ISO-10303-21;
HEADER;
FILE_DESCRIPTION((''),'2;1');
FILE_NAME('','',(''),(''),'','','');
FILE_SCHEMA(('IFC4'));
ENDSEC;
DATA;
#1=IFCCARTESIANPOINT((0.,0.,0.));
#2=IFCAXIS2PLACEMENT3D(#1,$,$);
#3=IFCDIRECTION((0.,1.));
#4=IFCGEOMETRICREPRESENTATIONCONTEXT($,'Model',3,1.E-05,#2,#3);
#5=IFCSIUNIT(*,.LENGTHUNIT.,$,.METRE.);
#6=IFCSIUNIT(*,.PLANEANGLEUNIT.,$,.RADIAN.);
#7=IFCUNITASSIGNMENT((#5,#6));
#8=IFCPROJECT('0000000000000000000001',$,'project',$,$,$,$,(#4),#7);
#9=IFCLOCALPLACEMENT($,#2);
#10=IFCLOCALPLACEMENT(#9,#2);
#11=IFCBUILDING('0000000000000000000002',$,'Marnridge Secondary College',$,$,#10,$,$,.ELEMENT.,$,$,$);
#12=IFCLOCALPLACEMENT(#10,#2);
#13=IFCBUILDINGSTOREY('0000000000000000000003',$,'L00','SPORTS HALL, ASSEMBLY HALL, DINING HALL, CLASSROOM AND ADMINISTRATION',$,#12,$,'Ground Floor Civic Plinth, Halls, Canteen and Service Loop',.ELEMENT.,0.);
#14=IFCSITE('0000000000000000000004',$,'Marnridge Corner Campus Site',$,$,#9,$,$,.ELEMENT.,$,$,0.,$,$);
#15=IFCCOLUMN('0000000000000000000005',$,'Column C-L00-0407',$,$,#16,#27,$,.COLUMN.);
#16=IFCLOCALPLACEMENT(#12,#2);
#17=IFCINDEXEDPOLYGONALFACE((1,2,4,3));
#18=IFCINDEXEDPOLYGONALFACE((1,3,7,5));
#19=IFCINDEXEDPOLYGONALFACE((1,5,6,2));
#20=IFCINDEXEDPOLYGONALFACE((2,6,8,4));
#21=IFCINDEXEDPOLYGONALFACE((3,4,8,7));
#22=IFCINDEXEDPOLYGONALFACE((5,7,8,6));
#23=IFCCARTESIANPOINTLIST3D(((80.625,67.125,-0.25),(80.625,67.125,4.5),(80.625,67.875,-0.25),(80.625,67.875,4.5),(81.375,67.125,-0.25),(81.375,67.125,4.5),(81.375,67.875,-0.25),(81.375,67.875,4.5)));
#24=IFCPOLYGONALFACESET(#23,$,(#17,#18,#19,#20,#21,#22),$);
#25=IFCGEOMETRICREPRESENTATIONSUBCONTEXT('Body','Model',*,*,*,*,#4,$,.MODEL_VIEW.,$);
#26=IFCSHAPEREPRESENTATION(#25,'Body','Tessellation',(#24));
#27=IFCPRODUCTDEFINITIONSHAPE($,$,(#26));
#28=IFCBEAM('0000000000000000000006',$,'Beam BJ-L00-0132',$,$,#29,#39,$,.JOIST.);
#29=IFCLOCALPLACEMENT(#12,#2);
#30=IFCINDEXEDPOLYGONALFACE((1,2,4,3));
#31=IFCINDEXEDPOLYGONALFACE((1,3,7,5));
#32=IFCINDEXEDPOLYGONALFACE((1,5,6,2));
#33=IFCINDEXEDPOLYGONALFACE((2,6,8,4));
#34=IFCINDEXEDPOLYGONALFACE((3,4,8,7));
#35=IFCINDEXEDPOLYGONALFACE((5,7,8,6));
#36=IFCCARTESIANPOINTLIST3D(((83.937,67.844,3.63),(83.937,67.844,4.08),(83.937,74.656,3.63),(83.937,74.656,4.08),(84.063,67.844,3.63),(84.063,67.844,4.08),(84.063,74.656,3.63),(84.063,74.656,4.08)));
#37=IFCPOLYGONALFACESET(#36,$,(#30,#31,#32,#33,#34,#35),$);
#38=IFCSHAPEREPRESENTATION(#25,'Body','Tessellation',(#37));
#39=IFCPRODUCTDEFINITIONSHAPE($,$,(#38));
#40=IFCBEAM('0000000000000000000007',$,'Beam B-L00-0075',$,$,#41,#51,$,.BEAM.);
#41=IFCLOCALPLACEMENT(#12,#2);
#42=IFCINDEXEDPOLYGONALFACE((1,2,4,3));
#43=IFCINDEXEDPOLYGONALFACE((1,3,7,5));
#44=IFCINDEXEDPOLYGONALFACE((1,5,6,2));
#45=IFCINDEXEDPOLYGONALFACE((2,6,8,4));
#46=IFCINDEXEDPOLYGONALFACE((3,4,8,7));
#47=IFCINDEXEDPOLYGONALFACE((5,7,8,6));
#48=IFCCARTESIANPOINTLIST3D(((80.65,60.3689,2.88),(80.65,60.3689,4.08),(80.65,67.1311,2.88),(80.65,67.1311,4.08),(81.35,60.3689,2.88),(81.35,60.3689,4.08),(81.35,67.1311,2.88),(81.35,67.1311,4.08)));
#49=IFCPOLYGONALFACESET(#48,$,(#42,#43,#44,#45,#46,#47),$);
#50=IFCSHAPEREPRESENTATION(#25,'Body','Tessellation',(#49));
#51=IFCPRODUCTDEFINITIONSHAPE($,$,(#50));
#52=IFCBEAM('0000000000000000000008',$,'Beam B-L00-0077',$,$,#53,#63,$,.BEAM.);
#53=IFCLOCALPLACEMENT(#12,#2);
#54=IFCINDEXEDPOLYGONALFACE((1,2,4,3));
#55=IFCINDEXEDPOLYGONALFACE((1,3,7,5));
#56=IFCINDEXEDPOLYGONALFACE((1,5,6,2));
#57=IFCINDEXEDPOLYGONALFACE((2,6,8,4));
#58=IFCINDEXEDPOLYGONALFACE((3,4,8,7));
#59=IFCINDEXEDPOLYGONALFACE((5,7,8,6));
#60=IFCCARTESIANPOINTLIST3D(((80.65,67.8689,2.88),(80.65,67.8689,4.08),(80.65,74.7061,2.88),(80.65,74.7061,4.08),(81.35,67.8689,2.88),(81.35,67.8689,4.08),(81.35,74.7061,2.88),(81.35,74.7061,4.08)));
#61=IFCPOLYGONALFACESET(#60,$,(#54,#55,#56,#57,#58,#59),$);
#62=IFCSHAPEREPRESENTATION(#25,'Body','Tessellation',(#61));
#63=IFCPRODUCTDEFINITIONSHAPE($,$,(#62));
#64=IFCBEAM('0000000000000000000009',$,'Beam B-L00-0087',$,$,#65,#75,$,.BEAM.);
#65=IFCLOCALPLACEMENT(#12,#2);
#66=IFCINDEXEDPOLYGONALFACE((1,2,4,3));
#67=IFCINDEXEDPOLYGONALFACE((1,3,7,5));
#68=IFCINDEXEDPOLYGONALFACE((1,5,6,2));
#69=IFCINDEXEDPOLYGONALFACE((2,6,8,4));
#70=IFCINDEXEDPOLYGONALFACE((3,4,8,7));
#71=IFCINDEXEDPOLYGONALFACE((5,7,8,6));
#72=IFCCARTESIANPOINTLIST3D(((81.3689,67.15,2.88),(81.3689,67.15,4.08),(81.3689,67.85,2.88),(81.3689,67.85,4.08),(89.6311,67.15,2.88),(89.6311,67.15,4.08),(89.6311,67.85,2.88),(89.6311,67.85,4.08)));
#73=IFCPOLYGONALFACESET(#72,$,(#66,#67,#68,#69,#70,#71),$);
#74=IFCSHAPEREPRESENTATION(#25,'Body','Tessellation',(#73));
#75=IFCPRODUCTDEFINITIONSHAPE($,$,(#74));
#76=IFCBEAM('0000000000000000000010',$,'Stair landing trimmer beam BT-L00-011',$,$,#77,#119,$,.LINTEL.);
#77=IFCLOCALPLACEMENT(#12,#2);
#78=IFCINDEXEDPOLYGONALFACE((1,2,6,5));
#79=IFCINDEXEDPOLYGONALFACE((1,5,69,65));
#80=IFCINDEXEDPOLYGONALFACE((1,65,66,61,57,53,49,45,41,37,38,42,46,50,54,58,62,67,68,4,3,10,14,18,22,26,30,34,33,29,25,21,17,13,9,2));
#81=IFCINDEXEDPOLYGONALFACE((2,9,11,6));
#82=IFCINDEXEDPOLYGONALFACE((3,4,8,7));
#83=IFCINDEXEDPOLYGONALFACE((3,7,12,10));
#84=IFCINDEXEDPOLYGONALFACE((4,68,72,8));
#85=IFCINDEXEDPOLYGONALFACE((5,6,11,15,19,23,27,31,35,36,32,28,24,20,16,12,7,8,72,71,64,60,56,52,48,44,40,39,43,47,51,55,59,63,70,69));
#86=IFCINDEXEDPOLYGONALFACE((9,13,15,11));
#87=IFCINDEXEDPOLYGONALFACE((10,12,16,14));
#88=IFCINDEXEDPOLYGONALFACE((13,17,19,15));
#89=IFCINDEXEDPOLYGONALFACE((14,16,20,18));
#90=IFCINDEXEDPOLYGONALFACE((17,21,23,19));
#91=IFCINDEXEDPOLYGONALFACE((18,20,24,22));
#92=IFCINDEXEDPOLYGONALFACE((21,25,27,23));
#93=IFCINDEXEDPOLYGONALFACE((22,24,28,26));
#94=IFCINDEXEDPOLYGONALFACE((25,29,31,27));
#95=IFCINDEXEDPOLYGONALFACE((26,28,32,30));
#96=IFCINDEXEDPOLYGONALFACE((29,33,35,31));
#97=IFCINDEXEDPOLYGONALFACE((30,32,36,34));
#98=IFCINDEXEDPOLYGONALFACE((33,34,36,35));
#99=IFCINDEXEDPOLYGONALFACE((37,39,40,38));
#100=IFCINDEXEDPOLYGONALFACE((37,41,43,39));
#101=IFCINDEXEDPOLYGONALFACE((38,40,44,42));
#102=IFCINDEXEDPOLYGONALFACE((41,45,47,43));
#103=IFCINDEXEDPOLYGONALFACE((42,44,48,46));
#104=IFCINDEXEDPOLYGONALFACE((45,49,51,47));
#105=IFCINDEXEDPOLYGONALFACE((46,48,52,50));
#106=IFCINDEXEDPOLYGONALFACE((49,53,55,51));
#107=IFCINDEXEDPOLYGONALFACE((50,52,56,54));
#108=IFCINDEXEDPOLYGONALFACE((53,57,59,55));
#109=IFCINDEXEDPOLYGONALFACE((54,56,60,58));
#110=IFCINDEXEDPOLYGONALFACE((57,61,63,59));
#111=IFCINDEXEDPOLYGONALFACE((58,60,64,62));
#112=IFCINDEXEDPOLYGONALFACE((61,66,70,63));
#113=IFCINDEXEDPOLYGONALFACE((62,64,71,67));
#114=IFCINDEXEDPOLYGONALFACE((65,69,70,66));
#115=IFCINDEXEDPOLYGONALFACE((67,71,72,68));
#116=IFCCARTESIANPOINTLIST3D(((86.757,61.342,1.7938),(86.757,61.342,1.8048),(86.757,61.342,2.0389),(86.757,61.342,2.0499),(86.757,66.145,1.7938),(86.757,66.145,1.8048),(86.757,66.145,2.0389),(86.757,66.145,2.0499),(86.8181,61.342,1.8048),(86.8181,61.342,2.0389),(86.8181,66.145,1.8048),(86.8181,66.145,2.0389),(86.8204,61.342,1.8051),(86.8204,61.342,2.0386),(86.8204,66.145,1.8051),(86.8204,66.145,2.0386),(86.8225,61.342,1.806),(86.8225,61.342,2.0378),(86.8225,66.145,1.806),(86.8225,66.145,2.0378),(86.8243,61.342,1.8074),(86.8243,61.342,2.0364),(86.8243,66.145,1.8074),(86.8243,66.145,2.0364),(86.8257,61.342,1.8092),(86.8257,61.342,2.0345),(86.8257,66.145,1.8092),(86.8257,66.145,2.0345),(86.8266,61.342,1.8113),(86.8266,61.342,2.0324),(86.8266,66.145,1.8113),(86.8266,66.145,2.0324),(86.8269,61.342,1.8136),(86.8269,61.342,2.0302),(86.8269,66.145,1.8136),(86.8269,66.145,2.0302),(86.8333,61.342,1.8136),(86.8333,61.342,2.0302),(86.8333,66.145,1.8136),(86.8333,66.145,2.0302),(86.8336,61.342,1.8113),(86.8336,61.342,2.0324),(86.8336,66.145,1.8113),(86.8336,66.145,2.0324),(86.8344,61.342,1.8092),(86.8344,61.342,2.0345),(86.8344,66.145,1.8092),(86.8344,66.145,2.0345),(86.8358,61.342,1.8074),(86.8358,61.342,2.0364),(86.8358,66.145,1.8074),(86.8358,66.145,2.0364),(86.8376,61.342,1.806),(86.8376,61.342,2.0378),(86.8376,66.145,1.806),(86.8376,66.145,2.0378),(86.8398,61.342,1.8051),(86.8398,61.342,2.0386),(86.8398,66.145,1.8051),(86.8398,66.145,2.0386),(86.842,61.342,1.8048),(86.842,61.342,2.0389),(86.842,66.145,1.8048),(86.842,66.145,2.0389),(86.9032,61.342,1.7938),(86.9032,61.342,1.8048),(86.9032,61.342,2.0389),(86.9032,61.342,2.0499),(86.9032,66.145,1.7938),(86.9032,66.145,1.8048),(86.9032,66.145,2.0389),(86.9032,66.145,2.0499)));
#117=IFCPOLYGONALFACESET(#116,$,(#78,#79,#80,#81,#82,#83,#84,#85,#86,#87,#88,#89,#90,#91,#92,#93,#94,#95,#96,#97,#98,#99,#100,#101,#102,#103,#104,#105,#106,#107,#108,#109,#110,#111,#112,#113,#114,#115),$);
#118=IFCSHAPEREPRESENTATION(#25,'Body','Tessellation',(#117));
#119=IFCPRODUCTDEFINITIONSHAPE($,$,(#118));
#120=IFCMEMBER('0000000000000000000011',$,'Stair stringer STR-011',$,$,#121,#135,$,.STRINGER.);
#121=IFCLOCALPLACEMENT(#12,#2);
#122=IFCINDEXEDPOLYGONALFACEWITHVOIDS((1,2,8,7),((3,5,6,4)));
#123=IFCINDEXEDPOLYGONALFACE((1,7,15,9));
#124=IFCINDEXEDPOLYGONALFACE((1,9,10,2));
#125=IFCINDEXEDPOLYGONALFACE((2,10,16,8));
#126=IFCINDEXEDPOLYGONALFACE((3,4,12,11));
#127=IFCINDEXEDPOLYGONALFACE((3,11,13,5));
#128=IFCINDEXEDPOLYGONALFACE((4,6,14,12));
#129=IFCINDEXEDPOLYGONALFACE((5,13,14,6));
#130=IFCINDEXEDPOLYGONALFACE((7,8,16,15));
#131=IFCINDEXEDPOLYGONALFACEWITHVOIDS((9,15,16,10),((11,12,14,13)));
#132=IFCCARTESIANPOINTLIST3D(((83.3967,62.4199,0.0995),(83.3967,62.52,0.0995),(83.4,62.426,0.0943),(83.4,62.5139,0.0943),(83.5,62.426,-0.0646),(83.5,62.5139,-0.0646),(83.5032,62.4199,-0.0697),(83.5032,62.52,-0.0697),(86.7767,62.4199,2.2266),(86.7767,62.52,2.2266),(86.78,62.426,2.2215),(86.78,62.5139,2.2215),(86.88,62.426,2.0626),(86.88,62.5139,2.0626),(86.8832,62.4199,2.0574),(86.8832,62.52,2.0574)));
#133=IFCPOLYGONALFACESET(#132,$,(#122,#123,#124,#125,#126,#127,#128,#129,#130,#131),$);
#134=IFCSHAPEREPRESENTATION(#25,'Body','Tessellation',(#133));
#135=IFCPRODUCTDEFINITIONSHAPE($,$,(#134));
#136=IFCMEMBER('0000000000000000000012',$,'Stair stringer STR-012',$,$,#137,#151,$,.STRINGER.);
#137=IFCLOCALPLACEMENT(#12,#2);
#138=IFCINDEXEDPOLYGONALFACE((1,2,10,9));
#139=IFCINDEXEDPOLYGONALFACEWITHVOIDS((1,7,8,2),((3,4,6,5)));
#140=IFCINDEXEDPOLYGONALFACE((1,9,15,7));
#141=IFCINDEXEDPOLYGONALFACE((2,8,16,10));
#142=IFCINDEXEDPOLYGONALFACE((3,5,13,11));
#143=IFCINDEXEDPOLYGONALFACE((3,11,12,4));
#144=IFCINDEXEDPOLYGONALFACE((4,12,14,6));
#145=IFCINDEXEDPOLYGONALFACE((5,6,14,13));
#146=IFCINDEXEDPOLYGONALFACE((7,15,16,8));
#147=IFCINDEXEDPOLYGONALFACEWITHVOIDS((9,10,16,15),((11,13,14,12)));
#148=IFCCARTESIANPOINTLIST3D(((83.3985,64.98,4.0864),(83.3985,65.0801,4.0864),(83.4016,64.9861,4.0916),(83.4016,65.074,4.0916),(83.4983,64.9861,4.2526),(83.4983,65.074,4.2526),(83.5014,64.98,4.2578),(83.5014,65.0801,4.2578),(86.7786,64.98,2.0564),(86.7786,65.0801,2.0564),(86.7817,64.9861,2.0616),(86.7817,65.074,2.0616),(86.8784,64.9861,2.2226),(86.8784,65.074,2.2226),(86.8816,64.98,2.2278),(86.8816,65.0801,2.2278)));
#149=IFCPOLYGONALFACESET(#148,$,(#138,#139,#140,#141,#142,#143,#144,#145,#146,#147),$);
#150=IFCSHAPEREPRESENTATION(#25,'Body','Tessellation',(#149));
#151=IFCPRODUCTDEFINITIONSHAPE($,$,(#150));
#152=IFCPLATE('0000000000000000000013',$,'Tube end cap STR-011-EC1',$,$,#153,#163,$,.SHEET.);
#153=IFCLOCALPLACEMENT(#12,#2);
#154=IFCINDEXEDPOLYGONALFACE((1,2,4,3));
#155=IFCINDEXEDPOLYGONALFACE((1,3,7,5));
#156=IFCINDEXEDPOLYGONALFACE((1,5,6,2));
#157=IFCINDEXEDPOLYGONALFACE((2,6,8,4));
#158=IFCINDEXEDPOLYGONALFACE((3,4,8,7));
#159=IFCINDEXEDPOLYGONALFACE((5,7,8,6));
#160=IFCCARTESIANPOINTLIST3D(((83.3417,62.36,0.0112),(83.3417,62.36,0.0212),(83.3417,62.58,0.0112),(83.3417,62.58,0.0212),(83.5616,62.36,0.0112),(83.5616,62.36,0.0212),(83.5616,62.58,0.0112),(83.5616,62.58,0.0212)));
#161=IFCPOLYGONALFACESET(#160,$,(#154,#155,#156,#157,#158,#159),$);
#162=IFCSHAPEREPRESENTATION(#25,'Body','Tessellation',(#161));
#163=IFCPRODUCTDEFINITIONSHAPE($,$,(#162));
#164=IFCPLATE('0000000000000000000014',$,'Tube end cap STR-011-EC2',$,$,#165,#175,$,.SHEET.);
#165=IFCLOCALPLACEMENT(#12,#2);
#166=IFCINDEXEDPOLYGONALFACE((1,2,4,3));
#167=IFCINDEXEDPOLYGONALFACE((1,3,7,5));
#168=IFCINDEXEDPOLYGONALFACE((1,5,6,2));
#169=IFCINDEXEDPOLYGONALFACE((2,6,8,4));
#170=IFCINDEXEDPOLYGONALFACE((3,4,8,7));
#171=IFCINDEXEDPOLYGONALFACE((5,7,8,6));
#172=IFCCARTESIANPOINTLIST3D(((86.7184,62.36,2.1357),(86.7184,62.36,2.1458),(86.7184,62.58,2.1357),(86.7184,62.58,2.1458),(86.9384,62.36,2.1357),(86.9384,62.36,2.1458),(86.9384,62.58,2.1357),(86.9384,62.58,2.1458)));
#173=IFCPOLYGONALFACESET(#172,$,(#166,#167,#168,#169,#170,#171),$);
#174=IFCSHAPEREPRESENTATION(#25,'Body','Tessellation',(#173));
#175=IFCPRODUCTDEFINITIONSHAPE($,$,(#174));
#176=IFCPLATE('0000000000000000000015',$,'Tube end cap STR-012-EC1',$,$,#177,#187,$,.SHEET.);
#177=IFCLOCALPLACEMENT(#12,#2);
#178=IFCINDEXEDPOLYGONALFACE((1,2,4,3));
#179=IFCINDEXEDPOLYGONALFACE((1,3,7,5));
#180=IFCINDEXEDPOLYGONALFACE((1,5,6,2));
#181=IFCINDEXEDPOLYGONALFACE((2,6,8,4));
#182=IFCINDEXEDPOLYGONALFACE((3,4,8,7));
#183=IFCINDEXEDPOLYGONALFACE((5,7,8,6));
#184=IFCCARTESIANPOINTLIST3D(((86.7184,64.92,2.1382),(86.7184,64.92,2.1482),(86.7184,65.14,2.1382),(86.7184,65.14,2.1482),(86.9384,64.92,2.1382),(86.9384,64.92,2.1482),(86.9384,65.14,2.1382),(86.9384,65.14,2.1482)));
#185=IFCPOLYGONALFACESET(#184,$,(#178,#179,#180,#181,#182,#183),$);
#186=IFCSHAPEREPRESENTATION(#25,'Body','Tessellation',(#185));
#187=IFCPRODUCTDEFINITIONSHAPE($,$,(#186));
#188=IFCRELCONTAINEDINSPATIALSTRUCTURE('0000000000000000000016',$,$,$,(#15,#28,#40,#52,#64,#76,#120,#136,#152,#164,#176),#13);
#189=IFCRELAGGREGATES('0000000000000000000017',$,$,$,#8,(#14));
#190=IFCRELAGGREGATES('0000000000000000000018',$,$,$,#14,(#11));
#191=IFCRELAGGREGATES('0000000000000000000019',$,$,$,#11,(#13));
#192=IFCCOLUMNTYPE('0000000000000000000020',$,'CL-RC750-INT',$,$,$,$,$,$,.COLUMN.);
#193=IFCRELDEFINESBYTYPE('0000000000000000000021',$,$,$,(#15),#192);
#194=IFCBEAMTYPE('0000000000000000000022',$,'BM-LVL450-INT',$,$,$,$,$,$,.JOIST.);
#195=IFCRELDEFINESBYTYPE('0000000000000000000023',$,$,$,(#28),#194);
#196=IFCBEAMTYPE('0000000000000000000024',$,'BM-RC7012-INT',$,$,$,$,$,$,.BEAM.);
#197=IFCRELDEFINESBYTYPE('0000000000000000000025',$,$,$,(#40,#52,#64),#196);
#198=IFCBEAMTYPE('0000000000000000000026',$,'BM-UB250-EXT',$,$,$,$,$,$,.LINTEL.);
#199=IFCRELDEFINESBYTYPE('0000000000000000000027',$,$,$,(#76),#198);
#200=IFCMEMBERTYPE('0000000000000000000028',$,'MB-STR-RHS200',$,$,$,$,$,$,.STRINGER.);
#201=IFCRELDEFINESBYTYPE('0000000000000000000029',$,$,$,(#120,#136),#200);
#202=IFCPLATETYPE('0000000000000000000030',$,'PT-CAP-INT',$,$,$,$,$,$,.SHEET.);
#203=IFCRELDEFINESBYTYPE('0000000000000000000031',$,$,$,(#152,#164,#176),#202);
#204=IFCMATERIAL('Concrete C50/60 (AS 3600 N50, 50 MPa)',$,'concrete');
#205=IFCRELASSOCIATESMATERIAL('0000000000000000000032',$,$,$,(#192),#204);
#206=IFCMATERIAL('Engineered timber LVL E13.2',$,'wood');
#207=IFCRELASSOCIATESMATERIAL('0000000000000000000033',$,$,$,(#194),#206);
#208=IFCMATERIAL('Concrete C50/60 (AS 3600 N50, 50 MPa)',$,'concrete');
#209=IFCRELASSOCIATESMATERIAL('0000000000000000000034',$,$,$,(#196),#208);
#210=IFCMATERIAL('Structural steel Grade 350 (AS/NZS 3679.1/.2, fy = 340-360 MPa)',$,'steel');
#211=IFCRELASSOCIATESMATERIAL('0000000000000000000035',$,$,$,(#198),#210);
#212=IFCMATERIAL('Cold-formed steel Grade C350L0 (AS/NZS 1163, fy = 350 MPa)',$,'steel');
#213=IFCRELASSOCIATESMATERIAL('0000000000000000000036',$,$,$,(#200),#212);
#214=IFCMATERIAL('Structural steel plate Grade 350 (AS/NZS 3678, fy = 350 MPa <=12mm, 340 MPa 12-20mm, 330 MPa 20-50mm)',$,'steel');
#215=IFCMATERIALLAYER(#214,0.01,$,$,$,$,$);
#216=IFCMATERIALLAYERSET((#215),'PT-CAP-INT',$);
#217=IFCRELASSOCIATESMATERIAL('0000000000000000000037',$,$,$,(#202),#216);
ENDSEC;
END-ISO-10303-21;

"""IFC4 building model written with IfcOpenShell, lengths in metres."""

from ifc_helpers import new_model, si_unit, direction, frame, origin, origin_2d, place, context, subcontext, project, spatial, rectangle, hollow_rectangle, i_section, extrude, material, layer, layer_set, material_profile, profile_set, type_object, element, save


model = new_model("IFC4")

# Units and contexts
model_context = context("Model", 3, precision=1e-05, world=origin(), true_north=direction((0.0, 1.0)))
body_context = subcontext(model_context, "Body", "Model", "MODEL_VIEW")
ifc_project = project(units=[si_unit("LENGTHUNIT", "METRE"), si_unit("PLANEANGLEUNIT", "RADIAN")], contexts=[model_context])

# Site, building, storey
site_placement = place(None, origin())
site = spatial("IfcSite", under=ifc_project, at=site_placement, Name="Marnridge Corner Campus Site", CompositionType="ELEMENT", RefElevation=0.0)
building_placement = place(site_placement, origin())
building = spatial("IfcBuilding", under=site, at=building_placement, Name="Marnridge Secondary College", CompositionType="ELEMENT")
storey_placement = place(building_placement, origin())
storey = spatial("IfcBuildingStorey", under=building, at=storey_placement, Name="L00", Description="SPORTS HALL, ASSEMBLY HALL, DINING HALL, CLASSROOM AND ADMINISTRATION", LongName="Ground Floor Civic Plinth, Halls, Canteen and Service Loop", CompositionType="ELEMENT", Elevation=0.0)

# Column
ifc_material_1 = material(Name="Concrete C50/60 (AS 3600 N50, 50 MPa)", Category="concrete")
ifc_material_profile_1 = material_profile(ifc_material_1, rectangle(XDim=0.75, YDim=0.75, at=origin_2d()), Name="RC 750x750")
ifc_profile_set_1 = profile_set([ifc_material_profile_1], Name="Concrete C50/60 (AS 3600 N50, 50 MPa)")
column_type = type_object("IfcColumnType", Name="CL-RC750-INT", PredefinedType="COLUMN", material=ifc_profile_set_1)
column_placement = place(storey_placement, frame((81.0, 67.5, -0.25), z_axis=(0.0, 0.0, 1.0), x_axis=(1.0, 0.0, 0.0)))
element("IfcColumn", 1, at=column_placement, inside=storey, type_object=column_type, Name="Column C-L00-0407", PredefinedType="COLUMN", context=body_context, shape_type="SweptSolid", body=[
    extrude(rectangle(XDim=0.75, YDim=0.75, at=origin_2d()), origin(), (0.0, 0.0, 1.0), 4.75),
])

# Beams
ifc_material_2 = material(Name="Engineered timber LVL E13.2", Category="wood")
ifc_material_profile_2 = material_profile(ifc_material_2, rectangle(XDim=0.126, YDim=0.45, at=origin_2d()), Name="LVL 126x450")
ifc_profile_set_2 = profile_set([ifc_material_profile_2], Name="Engineered timber LVL E13.2")
beam_type_1 = type_object("IfcBeamType", Name="BM-LVL450-INT", PredefinedType="JOIST", material=ifc_profile_set_2)
beam_1_placement = place(storey_placement, frame((84.0, 67.844, 3.855), z_axis=(0.0, 1.0, 0.0), x_axis=(-1.0, 0.0, 0.0)))
element("IfcBeam", 2, at=beam_1_placement, inside=storey, type_object=beam_type_1, Name="Beam BJ-L00-0132", PredefinedType="JOIST", context=body_context, shape_type="SweptSolid", body=[
    extrude(rectangle(XDim=0.126, YDim=0.45, at=origin_2d()), origin(), (0.0, 0.0, 1.0), 6.812),
])
ifc_material_3 = material(Name="Concrete C50/60 (AS 3600 N50, 50 MPa)", Category="concrete")
ifc_material_profile_3 = material_profile(ifc_material_3, rectangle(XDim=0.7, YDim=1.2, at=origin_2d()), Name="RC 700x1200")
ifc_profile_set_3 = profile_set([ifc_material_profile_3], Name="Concrete C50/60 (AS 3600 N50, 50 MPa)")
beam_type_2 = type_object("IfcBeamType", Name="BM-RC7012-INT", PredefinedType="BEAM", material=ifc_profile_set_3)
beam_2_placement = place(storey_placement, frame((81.0, 60.3689, 3.48), z_axis=(0.0, 1.0, 0.0), x_axis=(-1.0, 0.0, 0.0)))
element("IfcBeam", 3, at=beam_2_placement, inside=storey, type_object=beam_type_2, Name="Beam B-L00-0075", PredefinedType="BEAM", context=body_context, shape_type="SweptSolid", body=[
    extrude(rectangle(XDim=0.7, YDim=1.2, at=origin_2d()), origin(), (0.0, 0.0, 1.0), 6.7622),
])
beam_3_placement = place(storey_placement, frame((81.0, 67.8689, 3.48), z_axis=(0.0, 1.0, 0.0), x_axis=(-1.0, 0.0, 0.0)))
element("IfcBeam", 4, at=beam_3_placement, inside=storey, type_object=beam_type_2, Name="Beam B-L00-0077", PredefinedType="BEAM", context=body_context, shape_type="SweptSolid", body=[
    extrude(rectangle(XDim=0.7, YDim=1.2, at=origin_2d()), origin(), (0.0, 0.0, 1.0), 6.8372),
])
beam_4_placement = place(storey_placement, frame((81.3689, 67.5, 3.48), z_axis=(1.0, 0.0, 0.0), x_axis=(0.0, 1.0, 0.0)))
element("IfcBeam", 5, at=beam_4_placement, inside=storey, type_object=beam_type_2, Name="Beam B-L00-0087", PredefinedType="BEAM", context=body_context, shape_type="SweptSolid", body=[
    extrude(rectangle(XDim=0.7, YDim=1.2, at=origin_2d()), origin(), (0.0, 0.0, 1.0), 8.2622),
])
ifc_material_4 = material(Name="Structural steel Grade 350 (AS/NZS 3679.1/.2, fy = 340-360 MPa)", Category="steel")
ifc_material_profile_4 = material_profile(ifc_material_4, i_section(OverallWidth=0.1462, OverallDepth=0.2561, WebThickness=0.0063, FlangeThickness=0.011, FilletRadius=0.0088, at=origin_2d()), Name="250UB37.3")
ifc_profile_set_4 = profile_set([ifc_material_profile_4], Name="Structural steel Grade 350 (AS/NZS 3679.1/.2, fy = 340-360 MPa)")
beam_type_3 = type_object("IfcBeamType", Name="BM-UB250-EXT", PredefinedType="LINTEL", material=ifc_profile_set_4)
beam_5_placement = place(storey_placement, frame((86.8301, 61.342, 1.9219), z_axis=(0.0, 1.0, 0.0), x_axis=(-1.0, 0.0, 0.0)))
element("IfcBeam", 6, at=beam_5_placement, inside=storey, type_object=beam_type_3, Name="Stair landing trimmer beam BT-L00-011", PredefinedType="LINTEL", context=body_context, shape_type="SweptSolid", body=[
    extrude(i_section(OverallWidth=0.1462, OverallDepth=0.2561, WebThickness=0.0063, FlangeThickness=0.011, FilletRadius=0.0088, at=origin_2d()), origin(), (0.0, 0.0, 1.0), 4.803),
])

# Members
ifc_material_5 = material(Name="Cold-formed steel Grade C350L0 (AS/NZS 1163, fy = 350 MPa)", Category="steel")
ifc_material_profile_5 = material_profile(ifc_material_5, hollow_rectangle(XDim=0.1001, YDim=0.2, WallThickness=0.0061, at=origin_2d()), Name="200x100x6.0RHS")
ifc_profile_set_5 = profile_set([ifc_material_profile_5], Name="Cold-formed steel Grade C350L0 (AS/NZS 1163, fy = 350 MPa)")
member_type = type_object("IfcMemberType", Name="MB-STR-RHS200", PredefinedType="STRINGER", material=ifc_profile_set_5)
member_1_placement = place(storey_placement, frame((83.45, 62.47, 0.0149), z_axis=(0.846349, 0.0, 0.532628), x_axis=(0.0, 1.0, 0.0)))
element("IfcMember", 7, at=member_1_placement, inside=storey, type_object=member_type, Name="Stair stringer STR-011", PredefinedType="STRINGER", context=body_context, shape_type="SweptSolid", body=[
    extrude(hollow_rectangle(XDim=0.1001, YDim=0.2, WallThickness=0.0061, at=origin_2d()), origin(), (0.0, 0.0, 1.0), 3.9937),
])
member_2_placement = place(storey_placement, frame((86.8301, 65.03, 2.1421), z_axis=(-0.857274, 0.0, 0.51486), x_axis=(0.0, -1.0, 0.0)))
element("IfcMember", 8, at=member_2_placement, inside=storey, type_object=member_type, Name="Stair stringer STR-012", PredefinedType="STRINGER", context=body_context, shape_type="SweptSolid", body=[
    extrude(hollow_rectangle(XDim=0.1001, YDim=0.2, WallThickness=0.0061, at=origin_2d()), origin(), (0.0, 0.0, 1.0), 3.9429),
])

# Plates
ifc_material_6 = material(Name="Structural steel plate Grade 350 (AS/NZS 3678, fy = 350 MPa <=12mm, 340 MPa 12-20mm, 330 MPa 20-50mm)", Category="steel")
ifc_layer_1 = layer(ifc_material_6, 0.01)
ifc_layer_set_1 = layer_set([ifc_layer_1], Name="PT-CAP-INT")
plate_type = type_object("IfcPlateType", Name="PT-CAP-INT", PredefinedType="SHEET", material=ifc_layer_set_1)
for number, where, z_axis, x_axis, name in (
    (9, (83.4517, 62.47, 0.0112), (0.0, 0.0, 1.0), (1.0, 0.0, 0.0), "Tube end cap STR-011-EC1"),
    (10, (86.8284, 62.47, 2.1357), (0.0, 0.0, 1.0), (1.0, 0.0, 0.0), "Tube end cap STR-011-EC2"),
    (11, (86.8284, 65.03, 2.1382), (0.0, 0.0, 1.0), (-1.0, 0.0, 0.0), "Tube end cap STR-012-EC1"),
):
    element("IfcPlate", number, at=place(storey_placement, frame(where, z_axis=z_axis, x_axis=x_axis)), inside=storey, type_object=plate_type, Name=name, PredefinedType="SHEET", context=body_context, shape_type="SweptSolid", body=[
        extrude(rectangle(XDim=0.22, YDim=0.22, at=origin_2d()), origin(), (0.0, 0.0, 1.0), 0.01),
    ])

save(model, "model.ifc")
